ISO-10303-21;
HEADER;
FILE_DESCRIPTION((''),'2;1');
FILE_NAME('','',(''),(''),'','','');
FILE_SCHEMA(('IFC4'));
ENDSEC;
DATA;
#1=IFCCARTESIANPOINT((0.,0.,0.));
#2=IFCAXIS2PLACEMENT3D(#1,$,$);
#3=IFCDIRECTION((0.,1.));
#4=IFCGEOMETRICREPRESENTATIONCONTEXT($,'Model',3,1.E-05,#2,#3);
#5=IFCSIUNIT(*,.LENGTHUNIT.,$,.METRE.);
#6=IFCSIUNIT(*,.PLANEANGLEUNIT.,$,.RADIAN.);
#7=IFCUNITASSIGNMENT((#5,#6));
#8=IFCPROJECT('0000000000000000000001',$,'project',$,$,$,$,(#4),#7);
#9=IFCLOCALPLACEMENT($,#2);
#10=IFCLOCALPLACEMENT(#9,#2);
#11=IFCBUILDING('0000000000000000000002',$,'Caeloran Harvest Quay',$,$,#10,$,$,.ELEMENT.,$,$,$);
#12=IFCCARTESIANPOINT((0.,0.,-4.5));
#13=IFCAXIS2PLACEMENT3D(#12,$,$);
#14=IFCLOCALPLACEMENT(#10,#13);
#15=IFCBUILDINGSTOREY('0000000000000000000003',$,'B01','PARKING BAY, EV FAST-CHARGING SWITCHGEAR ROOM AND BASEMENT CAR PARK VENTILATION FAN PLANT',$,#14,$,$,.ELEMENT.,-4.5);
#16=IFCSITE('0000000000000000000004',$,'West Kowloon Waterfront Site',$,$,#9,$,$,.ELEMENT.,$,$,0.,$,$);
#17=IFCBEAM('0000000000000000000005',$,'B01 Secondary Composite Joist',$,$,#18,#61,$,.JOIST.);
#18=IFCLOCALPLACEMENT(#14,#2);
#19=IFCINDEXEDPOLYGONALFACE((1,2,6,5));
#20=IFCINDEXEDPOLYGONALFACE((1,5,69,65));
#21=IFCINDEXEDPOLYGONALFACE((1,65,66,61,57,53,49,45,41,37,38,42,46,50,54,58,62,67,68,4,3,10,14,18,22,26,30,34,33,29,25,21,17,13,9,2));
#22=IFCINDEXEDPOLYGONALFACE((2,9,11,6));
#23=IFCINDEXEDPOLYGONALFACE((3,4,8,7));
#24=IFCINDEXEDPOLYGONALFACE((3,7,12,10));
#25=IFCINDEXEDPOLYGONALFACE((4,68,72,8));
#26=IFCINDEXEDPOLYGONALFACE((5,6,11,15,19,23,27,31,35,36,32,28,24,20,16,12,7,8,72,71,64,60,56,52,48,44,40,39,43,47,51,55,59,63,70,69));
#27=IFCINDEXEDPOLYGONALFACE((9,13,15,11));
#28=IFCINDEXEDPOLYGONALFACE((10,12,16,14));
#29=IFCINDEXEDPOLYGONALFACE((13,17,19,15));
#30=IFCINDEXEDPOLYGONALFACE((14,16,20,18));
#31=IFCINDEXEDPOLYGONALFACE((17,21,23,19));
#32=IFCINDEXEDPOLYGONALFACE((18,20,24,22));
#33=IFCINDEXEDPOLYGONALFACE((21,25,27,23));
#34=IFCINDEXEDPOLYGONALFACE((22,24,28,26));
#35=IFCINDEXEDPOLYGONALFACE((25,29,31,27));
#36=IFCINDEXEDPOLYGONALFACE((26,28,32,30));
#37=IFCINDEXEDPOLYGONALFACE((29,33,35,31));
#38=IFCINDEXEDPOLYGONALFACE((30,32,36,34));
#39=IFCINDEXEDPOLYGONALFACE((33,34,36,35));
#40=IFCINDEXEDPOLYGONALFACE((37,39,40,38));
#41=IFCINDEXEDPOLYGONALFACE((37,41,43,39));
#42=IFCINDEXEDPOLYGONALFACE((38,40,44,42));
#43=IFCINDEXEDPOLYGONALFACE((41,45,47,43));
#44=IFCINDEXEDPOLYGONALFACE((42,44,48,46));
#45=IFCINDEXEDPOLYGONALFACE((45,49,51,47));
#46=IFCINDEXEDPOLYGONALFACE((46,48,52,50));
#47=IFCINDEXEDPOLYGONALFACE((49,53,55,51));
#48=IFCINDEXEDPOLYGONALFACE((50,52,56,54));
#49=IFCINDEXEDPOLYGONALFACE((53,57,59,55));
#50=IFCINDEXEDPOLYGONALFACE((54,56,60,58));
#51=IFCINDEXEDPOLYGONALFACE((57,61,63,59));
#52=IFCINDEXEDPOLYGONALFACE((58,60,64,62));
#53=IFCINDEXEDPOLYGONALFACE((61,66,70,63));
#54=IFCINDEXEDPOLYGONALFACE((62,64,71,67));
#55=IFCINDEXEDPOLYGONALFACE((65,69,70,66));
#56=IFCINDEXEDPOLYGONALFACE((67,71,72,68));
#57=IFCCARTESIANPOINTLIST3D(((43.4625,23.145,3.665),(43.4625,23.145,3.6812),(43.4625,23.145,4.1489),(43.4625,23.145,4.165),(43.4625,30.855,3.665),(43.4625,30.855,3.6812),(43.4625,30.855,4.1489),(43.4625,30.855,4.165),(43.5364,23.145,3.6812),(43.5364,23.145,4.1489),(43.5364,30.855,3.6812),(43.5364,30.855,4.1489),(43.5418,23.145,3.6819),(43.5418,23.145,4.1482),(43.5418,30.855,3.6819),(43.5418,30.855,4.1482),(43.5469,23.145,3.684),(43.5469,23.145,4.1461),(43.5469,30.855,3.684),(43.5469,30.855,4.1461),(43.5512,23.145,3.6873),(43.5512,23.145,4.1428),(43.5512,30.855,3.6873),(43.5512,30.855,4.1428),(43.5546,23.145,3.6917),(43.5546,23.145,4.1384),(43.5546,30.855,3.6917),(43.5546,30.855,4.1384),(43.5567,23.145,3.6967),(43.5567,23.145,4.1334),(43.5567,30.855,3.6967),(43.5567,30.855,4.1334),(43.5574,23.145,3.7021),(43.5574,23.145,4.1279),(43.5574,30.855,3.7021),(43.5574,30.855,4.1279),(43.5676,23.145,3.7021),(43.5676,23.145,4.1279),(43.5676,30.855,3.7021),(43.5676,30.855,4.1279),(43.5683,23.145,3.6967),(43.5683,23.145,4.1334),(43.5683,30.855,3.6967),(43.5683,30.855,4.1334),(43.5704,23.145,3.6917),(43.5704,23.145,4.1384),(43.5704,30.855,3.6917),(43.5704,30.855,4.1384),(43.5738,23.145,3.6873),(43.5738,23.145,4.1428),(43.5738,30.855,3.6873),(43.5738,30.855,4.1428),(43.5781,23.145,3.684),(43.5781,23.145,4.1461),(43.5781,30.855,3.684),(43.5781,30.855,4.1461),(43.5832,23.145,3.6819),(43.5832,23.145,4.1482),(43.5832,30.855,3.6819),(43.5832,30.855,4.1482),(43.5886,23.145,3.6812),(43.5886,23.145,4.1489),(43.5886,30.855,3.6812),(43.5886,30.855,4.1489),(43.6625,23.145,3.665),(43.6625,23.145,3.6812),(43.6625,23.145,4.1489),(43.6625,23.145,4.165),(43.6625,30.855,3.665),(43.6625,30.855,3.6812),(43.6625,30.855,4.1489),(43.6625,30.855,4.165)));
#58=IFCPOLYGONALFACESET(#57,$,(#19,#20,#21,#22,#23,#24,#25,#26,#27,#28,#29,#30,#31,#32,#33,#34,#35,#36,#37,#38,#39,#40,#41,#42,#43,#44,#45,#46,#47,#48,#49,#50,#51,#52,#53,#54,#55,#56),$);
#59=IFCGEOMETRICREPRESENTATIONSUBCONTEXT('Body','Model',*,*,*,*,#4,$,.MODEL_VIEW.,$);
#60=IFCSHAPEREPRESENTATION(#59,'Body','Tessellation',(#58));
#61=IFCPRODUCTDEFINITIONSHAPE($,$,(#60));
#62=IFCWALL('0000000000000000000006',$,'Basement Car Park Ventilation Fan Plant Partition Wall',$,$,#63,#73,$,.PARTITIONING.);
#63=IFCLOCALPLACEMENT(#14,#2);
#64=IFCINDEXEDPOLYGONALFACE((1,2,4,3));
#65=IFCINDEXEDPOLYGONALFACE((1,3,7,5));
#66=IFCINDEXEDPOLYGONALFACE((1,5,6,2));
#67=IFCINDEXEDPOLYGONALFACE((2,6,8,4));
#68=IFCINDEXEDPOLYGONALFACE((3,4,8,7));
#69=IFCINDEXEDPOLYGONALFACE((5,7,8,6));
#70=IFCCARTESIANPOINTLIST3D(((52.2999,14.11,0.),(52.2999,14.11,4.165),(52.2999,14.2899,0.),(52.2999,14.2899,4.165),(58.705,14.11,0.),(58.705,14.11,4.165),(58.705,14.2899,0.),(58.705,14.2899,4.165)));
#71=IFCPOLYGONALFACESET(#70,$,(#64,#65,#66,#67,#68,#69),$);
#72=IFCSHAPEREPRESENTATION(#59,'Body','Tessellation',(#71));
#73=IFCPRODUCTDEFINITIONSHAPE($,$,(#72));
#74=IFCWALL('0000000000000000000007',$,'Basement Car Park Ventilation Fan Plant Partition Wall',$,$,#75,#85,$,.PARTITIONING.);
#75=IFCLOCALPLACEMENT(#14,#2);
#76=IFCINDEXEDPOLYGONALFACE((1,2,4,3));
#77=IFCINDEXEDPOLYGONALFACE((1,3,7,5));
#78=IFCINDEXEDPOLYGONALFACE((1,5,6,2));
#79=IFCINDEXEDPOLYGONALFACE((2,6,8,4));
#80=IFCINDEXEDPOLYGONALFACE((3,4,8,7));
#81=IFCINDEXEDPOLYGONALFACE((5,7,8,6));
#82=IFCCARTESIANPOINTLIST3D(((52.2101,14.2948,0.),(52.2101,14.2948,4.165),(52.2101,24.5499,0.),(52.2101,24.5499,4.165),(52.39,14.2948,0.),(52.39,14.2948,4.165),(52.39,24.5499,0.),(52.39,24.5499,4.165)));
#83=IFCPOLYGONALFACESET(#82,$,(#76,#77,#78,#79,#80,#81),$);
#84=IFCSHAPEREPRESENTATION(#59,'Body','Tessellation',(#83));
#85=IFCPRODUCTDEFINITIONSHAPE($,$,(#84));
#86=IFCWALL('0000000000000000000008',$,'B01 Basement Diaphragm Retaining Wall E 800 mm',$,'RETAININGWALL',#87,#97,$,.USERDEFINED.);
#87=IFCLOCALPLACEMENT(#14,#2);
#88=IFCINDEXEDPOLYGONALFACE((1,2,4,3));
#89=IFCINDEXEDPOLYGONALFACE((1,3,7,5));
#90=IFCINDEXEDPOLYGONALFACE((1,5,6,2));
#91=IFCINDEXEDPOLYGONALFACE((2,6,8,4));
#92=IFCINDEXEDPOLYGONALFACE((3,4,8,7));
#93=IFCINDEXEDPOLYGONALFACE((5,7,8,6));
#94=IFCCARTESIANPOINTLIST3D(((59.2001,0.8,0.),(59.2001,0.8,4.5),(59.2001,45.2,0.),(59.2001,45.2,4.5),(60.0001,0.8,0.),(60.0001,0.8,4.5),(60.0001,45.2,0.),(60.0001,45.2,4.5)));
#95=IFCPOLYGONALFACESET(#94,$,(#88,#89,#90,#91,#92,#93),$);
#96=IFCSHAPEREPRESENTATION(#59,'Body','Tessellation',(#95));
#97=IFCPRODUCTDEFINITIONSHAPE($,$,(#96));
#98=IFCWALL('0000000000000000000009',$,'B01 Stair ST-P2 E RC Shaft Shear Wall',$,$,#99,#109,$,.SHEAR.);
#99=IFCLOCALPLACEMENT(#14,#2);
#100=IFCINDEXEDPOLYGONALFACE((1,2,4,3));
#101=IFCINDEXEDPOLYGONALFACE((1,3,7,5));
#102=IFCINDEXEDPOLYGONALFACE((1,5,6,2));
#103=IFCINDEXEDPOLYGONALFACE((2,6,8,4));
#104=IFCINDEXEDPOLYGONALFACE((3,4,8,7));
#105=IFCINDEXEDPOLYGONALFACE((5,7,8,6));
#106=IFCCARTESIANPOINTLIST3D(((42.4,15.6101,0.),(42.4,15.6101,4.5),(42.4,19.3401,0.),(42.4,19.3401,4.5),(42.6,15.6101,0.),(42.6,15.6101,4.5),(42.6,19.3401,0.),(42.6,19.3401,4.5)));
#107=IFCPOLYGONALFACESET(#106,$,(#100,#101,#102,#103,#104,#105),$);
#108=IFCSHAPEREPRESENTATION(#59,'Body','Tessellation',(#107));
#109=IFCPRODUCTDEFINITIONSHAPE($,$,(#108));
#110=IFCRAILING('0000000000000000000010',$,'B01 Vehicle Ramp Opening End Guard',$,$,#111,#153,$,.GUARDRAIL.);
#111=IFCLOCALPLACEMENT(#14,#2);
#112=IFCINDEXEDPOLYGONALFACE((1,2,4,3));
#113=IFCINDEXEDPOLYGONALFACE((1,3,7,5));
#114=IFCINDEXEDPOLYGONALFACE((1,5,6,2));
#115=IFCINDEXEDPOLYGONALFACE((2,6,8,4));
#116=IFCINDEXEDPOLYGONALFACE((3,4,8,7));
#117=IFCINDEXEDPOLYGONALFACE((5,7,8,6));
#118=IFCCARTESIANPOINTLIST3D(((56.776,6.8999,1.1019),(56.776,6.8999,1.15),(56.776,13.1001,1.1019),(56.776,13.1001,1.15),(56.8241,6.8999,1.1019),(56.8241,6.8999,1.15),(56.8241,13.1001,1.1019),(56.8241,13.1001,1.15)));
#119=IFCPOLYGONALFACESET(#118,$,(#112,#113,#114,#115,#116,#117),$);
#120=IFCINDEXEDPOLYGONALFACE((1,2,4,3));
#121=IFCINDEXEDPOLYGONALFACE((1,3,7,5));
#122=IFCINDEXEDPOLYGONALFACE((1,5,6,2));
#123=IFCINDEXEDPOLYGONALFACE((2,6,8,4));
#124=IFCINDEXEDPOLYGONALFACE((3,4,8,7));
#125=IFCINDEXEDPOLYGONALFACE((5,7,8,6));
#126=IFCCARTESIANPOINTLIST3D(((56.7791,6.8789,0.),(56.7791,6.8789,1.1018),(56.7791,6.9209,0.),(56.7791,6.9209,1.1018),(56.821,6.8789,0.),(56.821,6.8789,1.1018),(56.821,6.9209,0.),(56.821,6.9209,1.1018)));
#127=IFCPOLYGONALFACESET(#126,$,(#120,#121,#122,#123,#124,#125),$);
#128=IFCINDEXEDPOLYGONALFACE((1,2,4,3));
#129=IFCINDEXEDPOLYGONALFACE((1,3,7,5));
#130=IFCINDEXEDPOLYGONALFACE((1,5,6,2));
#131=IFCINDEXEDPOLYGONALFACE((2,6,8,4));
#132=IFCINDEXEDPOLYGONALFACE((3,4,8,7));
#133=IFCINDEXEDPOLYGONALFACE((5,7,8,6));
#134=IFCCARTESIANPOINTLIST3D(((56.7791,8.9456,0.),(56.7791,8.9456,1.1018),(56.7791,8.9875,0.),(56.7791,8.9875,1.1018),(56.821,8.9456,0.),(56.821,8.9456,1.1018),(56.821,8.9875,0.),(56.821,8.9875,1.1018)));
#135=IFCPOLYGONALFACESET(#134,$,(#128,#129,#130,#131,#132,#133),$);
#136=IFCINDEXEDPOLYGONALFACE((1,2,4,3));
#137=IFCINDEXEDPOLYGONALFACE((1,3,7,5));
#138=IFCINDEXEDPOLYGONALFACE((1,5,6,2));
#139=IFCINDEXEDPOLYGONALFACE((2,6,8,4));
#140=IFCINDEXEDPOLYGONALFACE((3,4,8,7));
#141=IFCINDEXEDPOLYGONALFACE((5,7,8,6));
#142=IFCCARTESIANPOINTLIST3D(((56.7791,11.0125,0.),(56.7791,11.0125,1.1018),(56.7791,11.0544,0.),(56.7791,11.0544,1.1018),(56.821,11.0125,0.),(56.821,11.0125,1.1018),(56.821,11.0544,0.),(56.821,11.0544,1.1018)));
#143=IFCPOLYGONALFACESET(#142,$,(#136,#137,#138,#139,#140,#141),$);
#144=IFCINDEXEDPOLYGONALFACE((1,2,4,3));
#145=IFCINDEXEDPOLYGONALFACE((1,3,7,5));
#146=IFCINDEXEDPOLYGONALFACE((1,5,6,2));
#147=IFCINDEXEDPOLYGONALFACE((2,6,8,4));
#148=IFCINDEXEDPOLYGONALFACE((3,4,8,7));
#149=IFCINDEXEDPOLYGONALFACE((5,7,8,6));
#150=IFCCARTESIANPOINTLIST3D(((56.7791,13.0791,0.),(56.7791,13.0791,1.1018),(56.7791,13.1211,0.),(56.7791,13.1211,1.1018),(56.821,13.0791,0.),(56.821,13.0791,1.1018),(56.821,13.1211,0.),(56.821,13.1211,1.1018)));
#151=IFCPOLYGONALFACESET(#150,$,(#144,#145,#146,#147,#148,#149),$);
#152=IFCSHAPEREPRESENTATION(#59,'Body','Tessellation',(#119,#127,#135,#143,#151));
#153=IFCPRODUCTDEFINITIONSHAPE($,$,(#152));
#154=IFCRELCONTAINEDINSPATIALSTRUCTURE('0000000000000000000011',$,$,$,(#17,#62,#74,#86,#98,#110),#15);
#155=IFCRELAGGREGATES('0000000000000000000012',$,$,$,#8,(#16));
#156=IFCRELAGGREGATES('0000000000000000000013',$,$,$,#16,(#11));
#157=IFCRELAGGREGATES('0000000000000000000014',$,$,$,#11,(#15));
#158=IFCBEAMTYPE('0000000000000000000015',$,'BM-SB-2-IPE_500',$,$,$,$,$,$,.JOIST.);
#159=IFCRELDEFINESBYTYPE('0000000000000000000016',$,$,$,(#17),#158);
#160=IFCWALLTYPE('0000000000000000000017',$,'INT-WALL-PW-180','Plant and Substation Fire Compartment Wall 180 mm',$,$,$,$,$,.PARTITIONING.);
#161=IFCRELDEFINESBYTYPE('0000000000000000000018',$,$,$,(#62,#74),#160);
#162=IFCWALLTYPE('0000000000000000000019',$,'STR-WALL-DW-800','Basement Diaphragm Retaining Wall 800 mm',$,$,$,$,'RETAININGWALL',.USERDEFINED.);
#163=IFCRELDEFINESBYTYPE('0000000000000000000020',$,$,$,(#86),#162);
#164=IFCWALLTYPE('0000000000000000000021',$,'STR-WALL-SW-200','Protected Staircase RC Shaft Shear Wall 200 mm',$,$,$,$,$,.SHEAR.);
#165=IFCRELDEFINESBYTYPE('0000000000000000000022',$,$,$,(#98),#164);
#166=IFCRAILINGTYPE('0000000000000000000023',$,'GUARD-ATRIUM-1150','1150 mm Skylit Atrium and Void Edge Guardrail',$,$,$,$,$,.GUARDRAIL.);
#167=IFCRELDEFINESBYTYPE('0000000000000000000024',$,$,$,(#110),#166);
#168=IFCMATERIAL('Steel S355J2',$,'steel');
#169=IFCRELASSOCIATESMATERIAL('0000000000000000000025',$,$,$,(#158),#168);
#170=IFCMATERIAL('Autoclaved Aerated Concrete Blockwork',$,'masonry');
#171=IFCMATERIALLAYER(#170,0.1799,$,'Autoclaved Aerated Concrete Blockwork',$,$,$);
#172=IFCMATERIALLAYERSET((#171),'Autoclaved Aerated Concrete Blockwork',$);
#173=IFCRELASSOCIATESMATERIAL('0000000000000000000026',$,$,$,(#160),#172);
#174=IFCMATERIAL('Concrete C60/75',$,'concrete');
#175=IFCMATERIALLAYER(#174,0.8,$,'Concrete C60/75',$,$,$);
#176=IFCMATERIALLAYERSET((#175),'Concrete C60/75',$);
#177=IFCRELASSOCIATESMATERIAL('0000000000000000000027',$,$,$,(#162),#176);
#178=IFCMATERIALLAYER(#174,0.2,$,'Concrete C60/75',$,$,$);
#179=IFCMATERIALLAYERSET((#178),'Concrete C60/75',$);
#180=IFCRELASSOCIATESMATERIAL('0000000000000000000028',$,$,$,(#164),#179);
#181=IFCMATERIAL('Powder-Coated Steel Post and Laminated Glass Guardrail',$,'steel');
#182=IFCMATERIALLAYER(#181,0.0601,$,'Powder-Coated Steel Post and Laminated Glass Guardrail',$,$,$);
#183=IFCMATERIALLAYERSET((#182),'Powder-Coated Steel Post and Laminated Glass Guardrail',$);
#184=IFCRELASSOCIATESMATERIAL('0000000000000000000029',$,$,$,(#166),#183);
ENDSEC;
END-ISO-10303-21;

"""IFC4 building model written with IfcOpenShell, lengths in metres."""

from ifc_helpers import new_model, si_unit, direction, frame, frame_2d, origin, origin_2d, place, context, subcontext, project, spatial, rectangle, i_section, extrude, material, layer, layer_set, material_profile, profile_set, type_object, element, save


model = new_model("IFC4")

# Units and contexts
model_context = context("Model", 3, precision=1e-05, world=origin(), true_north=direction((0.0, 1.0)))
body_context = subcontext(model_context, "Body", "Model", "MODEL_VIEW")
ifc_project = project(units=[si_unit("LENGTHUNIT", "METRE"), si_unit("PLANEANGLEUNIT", "RADIAN")], contexts=[model_context])

# Site, building, storey
site_placement = place(None, origin())
site = spatial("IfcSite", under=ifc_project, at=site_placement, Name="West Kowloon Waterfront Site", CompositionType="ELEMENT", RefElevation=0.0)
building_placement = place(site_placement, origin())
building = spatial("IfcBuilding", under=site, at=building_placement, Name="Caeloran Harvest Quay", CompositionType="ELEMENT")
storey_placement = place(building_placement, frame((0.0, 0.0, -4.5)))
storey = spatial("IfcBuildingStorey", under=building, at=storey_placement, Name="B01", Description="PARKING BAY, EV FAST-CHARGING SWITCHGEAR ROOM AND BASEMENT CAR PARK VENTILATION FAN PLANT", CompositionType="ELEMENT", Elevation=-4.5)

# Shared definitions
ifc_material_1 = material(Name="Concrete C60/75", Category="concrete")

# Beam
ifc_material_2 = material(Name="Steel S355J2", Category="steel")
ifc_material_profile_1 = material_profile(ifc_material_2, i_section(OverallWidth=0.2, OverallDepth=0.5, WebThickness=0.0103, FlangeThickness=0.0161, FilletRadius=0.021, at=origin_2d()), Name="IPE 500")
ifc_profile_set_1 = profile_set([ifc_material_profile_1], Name="Steel S355J2")
beam_type_1 = type_object("IfcBeamType", Name="BM-SB-2-IPE_500", PredefinedType="JOIST", material=ifc_profile_set_1)
for number, where, z_axis, x_axis, name in (
    (1, (43.5625, 23.145, 3.915), (0.0, 1.0, 0.0), (-1.0, 0.0, 0.0), "B01 Secondary Composite Joist"),
):
    element("IfcBeam", number, at=place(storey_placement, frame(where, z_axis=z_axis, x_axis=x_axis)), inside=storey, type_object=beam_type_1, Name=name, PredefinedType="JOIST", context=body_context, shape_type="SweptSolid", body=[
        extrude(i_section(OverallWidth=0.2, OverallDepth=0.5, WebThickness=0.0103, FlangeThickness=0.0161, FilletRadius=0.021, at=origin_2d()), origin(), (0.0, 0.0, 1.0), 7.71),
    ])

# Walls
ifc_material_3 = material(Name="Autoclaved Aerated Concrete Blockwork", Category="masonry")
ifc_layer_1 = layer(ifc_material_3, 0.1799, Name="Autoclaved Aerated Concrete Blockwork")
ifc_layer_set_1 = layer_set([ifc_layer_1], Name="Autoclaved Aerated Concrete Blockwork")
wall_type_1 = type_object("IfcWallType", Name="INT-WALL-PW-180", Description="Plant and Substation Fire Compartment Wall 180 mm", PredefinedType="PARTITIONING", material=ifc_layer_set_1)
wall_1_placement = place(storey_placement, frame((58.7051, 14.2, 0.0), z_axis=(0.0, 0.0, 1.0), x_axis=(-1.0, 0.0, 0.0)))
element("IfcWall", 2, at=wall_1_placement, inside=storey, type_object=wall_type_1, Name="Basement Car Park Ventilation Fan Plant Partition Wall", PredefinedType="PARTITIONING", context=body_context, shape_type="SweptSolid", body=[
    extrude(rectangle(XDim=6.405, YDim=0.1799, at=frame_2d((3.2026, 0.0))), origin(), (0.0, 0.0, 1.0), 4.165),
])
wall_2_placement = place(storey_placement, frame((52.3, 14.2949, 0.0), z_axis=(0.0, 0.0, 1.0), x_axis=(0.0, 1.0, 0.0)))
element("IfcWall", 3, at=wall_2_placement, inside=storey, type_object=wall_type_1, Name="Basement Car Park Ventilation Fan Plant Partition Wall", PredefinedType="PARTITIONING", context=body_context, shape_type="SweptSolid", body=[
    extrude(rectangle(XDim=10.2551, YDim=0.1799, at=frame_2d((5.1274, 0.0))), origin(), (0.0, 0.0, 1.0), 4.165),
])
ifc_layer_2 = layer(ifc_material_1, 0.8, Name="Concrete C60/75")
ifc_layer_set_2 = layer_set([ifc_layer_2], Name="Concrete C60/75")
wall_type_2 = type_object("IfcWallType", Name="STR-WALL-DW-800", Description="Basement Diaphragm Retaining Wall 800 mm", ElementType="RETAININGWALL", PredefinedType="USERDEFINED", material=ifc_layer_set_2)
wall_3_placement = place(storey_placement, frame((59.6001, 0.8, 0.0), z_axis=(0.0, 0.0, 1.0), x_axis=(0.0, 1.0, 0.0)))
element("IfcWall", 4, at=wall_3_placement, inside=storey, type_object=wall_type_2, Name="B01 Basement Diaphragm Retaining Wall E 800 mm", ObjectType="RETAININGWALL", PredefinedType="USERDEFINED", context=body_context, shape_type="SweptSolid", body=[
    extrude(rectangle(XDim=44.3999, YDim=0.8, at=frame_2d((22.2, 0.0))), origin(), (0.0, 0.0, 1.0), 4.5),
])
ifc_layer_3 = layer(ifc_material_1, 0.2, Name="Concrete C60/75")
ifc_layer_set_3 = layer_set([ifc_layer_3], Name="Concrete C60/75")
wall_type_3 = type_object("IfcWallType", Name="STR-WALL-SW-200", Description="Protected Staircase RC Shaft Shear Wall 200 mm", PredefinedType="SHEAR", material=ifc_layer_set_3)
wall_4_placement = place(storey_placement, frame((42.5, 15.6101, 0.0), z_axis=(0.0, 0.0, 1.0), x_axis=(0.0, 1.0, 0.0)))
element("IfcWall", 5, at=wall_4_placement, inside=storey, type_object=wall_type_3, Name="B01 Stair ST-P2 E RC Shaft Shear Wall", PredefinedType="SHEAR", context=body_context, shape_type="SweptSolid", body=[
    extrude(rectangle(XDim=3.73, YDim=0.2, at=frame_2d((1.865, 0.0))), origin(), (0.0, 0.0, 1.0), 4.5),
])

# Railing
ifc_material_4 = material(Name="Powder-Coated Steel Post and Laminated Glass Guardrail", Category="steel")
ifc_layer_4 = layer(ifc_material_4, 0.0601, Name="Powder-Coated Steel Post and Laminated Glass Guardrail")
ifc_layer_set_4 = layer_set([ifc_layer_4], Name="Powder-Coated Steel Post and Laminated Glass Guardrail")
railing_type = type_object("IfcRailingType", Name="GUARD-ATRIUM-1150", Description="1150 mm Skylit Atrium and Void Edge Guardrail", PredefinedType="GUARDRAIL", material=ifc_layer_set_4)
railing_placement = place(storey_placement, frame((56.8, 6.8999, 0.0)))
element("IfcRailing", 6, at=railing_placement, inside=storey, type_object=railing_type, Name="B01 Vehicle Ramp Opening End Guard", PredefinedType="GUARDRAIL", context=body_context, shape_type="SweptSolid", body=[
    extrude(rectangle(XDim=0.0481, YDim=0.0481, at=origin_2d()), frame((0.0, 0.0, 1.126), z_axis=(0.0, 1.0, 0.0), x_axis=(-1.0, 0.0, 0.0)), (0.0, 0.0, 1.0), 6.2002),
    extrude(rectangle(XDim=0.042, YDim=0.042, at=origin_2d()), origin(), (0.0, 0.0, 1.0), 1.1018),
    extrude(rectangle(XDim=0.042, YDim=0.042, at=origin_2d()), frame((0.0, 2.0667, 0.0)), (0.0, 0.0, 1.0), 1.1018),
    extrude(rectangle(XDim=0.042, YDim=0.042, at=origin_2d()), frame((0.0, 4.1335, 0.0)), (0.0, 0.0, 1.0), 1.1018),
    extrude(rectangle(XDim=0.042, YDim=0.042, at=origin_2d()), frame((0.0, 6.2002, 0.0)), (0.0, 0.0, 1.0), 1.1018),
])

save(model, "model.ifc")
